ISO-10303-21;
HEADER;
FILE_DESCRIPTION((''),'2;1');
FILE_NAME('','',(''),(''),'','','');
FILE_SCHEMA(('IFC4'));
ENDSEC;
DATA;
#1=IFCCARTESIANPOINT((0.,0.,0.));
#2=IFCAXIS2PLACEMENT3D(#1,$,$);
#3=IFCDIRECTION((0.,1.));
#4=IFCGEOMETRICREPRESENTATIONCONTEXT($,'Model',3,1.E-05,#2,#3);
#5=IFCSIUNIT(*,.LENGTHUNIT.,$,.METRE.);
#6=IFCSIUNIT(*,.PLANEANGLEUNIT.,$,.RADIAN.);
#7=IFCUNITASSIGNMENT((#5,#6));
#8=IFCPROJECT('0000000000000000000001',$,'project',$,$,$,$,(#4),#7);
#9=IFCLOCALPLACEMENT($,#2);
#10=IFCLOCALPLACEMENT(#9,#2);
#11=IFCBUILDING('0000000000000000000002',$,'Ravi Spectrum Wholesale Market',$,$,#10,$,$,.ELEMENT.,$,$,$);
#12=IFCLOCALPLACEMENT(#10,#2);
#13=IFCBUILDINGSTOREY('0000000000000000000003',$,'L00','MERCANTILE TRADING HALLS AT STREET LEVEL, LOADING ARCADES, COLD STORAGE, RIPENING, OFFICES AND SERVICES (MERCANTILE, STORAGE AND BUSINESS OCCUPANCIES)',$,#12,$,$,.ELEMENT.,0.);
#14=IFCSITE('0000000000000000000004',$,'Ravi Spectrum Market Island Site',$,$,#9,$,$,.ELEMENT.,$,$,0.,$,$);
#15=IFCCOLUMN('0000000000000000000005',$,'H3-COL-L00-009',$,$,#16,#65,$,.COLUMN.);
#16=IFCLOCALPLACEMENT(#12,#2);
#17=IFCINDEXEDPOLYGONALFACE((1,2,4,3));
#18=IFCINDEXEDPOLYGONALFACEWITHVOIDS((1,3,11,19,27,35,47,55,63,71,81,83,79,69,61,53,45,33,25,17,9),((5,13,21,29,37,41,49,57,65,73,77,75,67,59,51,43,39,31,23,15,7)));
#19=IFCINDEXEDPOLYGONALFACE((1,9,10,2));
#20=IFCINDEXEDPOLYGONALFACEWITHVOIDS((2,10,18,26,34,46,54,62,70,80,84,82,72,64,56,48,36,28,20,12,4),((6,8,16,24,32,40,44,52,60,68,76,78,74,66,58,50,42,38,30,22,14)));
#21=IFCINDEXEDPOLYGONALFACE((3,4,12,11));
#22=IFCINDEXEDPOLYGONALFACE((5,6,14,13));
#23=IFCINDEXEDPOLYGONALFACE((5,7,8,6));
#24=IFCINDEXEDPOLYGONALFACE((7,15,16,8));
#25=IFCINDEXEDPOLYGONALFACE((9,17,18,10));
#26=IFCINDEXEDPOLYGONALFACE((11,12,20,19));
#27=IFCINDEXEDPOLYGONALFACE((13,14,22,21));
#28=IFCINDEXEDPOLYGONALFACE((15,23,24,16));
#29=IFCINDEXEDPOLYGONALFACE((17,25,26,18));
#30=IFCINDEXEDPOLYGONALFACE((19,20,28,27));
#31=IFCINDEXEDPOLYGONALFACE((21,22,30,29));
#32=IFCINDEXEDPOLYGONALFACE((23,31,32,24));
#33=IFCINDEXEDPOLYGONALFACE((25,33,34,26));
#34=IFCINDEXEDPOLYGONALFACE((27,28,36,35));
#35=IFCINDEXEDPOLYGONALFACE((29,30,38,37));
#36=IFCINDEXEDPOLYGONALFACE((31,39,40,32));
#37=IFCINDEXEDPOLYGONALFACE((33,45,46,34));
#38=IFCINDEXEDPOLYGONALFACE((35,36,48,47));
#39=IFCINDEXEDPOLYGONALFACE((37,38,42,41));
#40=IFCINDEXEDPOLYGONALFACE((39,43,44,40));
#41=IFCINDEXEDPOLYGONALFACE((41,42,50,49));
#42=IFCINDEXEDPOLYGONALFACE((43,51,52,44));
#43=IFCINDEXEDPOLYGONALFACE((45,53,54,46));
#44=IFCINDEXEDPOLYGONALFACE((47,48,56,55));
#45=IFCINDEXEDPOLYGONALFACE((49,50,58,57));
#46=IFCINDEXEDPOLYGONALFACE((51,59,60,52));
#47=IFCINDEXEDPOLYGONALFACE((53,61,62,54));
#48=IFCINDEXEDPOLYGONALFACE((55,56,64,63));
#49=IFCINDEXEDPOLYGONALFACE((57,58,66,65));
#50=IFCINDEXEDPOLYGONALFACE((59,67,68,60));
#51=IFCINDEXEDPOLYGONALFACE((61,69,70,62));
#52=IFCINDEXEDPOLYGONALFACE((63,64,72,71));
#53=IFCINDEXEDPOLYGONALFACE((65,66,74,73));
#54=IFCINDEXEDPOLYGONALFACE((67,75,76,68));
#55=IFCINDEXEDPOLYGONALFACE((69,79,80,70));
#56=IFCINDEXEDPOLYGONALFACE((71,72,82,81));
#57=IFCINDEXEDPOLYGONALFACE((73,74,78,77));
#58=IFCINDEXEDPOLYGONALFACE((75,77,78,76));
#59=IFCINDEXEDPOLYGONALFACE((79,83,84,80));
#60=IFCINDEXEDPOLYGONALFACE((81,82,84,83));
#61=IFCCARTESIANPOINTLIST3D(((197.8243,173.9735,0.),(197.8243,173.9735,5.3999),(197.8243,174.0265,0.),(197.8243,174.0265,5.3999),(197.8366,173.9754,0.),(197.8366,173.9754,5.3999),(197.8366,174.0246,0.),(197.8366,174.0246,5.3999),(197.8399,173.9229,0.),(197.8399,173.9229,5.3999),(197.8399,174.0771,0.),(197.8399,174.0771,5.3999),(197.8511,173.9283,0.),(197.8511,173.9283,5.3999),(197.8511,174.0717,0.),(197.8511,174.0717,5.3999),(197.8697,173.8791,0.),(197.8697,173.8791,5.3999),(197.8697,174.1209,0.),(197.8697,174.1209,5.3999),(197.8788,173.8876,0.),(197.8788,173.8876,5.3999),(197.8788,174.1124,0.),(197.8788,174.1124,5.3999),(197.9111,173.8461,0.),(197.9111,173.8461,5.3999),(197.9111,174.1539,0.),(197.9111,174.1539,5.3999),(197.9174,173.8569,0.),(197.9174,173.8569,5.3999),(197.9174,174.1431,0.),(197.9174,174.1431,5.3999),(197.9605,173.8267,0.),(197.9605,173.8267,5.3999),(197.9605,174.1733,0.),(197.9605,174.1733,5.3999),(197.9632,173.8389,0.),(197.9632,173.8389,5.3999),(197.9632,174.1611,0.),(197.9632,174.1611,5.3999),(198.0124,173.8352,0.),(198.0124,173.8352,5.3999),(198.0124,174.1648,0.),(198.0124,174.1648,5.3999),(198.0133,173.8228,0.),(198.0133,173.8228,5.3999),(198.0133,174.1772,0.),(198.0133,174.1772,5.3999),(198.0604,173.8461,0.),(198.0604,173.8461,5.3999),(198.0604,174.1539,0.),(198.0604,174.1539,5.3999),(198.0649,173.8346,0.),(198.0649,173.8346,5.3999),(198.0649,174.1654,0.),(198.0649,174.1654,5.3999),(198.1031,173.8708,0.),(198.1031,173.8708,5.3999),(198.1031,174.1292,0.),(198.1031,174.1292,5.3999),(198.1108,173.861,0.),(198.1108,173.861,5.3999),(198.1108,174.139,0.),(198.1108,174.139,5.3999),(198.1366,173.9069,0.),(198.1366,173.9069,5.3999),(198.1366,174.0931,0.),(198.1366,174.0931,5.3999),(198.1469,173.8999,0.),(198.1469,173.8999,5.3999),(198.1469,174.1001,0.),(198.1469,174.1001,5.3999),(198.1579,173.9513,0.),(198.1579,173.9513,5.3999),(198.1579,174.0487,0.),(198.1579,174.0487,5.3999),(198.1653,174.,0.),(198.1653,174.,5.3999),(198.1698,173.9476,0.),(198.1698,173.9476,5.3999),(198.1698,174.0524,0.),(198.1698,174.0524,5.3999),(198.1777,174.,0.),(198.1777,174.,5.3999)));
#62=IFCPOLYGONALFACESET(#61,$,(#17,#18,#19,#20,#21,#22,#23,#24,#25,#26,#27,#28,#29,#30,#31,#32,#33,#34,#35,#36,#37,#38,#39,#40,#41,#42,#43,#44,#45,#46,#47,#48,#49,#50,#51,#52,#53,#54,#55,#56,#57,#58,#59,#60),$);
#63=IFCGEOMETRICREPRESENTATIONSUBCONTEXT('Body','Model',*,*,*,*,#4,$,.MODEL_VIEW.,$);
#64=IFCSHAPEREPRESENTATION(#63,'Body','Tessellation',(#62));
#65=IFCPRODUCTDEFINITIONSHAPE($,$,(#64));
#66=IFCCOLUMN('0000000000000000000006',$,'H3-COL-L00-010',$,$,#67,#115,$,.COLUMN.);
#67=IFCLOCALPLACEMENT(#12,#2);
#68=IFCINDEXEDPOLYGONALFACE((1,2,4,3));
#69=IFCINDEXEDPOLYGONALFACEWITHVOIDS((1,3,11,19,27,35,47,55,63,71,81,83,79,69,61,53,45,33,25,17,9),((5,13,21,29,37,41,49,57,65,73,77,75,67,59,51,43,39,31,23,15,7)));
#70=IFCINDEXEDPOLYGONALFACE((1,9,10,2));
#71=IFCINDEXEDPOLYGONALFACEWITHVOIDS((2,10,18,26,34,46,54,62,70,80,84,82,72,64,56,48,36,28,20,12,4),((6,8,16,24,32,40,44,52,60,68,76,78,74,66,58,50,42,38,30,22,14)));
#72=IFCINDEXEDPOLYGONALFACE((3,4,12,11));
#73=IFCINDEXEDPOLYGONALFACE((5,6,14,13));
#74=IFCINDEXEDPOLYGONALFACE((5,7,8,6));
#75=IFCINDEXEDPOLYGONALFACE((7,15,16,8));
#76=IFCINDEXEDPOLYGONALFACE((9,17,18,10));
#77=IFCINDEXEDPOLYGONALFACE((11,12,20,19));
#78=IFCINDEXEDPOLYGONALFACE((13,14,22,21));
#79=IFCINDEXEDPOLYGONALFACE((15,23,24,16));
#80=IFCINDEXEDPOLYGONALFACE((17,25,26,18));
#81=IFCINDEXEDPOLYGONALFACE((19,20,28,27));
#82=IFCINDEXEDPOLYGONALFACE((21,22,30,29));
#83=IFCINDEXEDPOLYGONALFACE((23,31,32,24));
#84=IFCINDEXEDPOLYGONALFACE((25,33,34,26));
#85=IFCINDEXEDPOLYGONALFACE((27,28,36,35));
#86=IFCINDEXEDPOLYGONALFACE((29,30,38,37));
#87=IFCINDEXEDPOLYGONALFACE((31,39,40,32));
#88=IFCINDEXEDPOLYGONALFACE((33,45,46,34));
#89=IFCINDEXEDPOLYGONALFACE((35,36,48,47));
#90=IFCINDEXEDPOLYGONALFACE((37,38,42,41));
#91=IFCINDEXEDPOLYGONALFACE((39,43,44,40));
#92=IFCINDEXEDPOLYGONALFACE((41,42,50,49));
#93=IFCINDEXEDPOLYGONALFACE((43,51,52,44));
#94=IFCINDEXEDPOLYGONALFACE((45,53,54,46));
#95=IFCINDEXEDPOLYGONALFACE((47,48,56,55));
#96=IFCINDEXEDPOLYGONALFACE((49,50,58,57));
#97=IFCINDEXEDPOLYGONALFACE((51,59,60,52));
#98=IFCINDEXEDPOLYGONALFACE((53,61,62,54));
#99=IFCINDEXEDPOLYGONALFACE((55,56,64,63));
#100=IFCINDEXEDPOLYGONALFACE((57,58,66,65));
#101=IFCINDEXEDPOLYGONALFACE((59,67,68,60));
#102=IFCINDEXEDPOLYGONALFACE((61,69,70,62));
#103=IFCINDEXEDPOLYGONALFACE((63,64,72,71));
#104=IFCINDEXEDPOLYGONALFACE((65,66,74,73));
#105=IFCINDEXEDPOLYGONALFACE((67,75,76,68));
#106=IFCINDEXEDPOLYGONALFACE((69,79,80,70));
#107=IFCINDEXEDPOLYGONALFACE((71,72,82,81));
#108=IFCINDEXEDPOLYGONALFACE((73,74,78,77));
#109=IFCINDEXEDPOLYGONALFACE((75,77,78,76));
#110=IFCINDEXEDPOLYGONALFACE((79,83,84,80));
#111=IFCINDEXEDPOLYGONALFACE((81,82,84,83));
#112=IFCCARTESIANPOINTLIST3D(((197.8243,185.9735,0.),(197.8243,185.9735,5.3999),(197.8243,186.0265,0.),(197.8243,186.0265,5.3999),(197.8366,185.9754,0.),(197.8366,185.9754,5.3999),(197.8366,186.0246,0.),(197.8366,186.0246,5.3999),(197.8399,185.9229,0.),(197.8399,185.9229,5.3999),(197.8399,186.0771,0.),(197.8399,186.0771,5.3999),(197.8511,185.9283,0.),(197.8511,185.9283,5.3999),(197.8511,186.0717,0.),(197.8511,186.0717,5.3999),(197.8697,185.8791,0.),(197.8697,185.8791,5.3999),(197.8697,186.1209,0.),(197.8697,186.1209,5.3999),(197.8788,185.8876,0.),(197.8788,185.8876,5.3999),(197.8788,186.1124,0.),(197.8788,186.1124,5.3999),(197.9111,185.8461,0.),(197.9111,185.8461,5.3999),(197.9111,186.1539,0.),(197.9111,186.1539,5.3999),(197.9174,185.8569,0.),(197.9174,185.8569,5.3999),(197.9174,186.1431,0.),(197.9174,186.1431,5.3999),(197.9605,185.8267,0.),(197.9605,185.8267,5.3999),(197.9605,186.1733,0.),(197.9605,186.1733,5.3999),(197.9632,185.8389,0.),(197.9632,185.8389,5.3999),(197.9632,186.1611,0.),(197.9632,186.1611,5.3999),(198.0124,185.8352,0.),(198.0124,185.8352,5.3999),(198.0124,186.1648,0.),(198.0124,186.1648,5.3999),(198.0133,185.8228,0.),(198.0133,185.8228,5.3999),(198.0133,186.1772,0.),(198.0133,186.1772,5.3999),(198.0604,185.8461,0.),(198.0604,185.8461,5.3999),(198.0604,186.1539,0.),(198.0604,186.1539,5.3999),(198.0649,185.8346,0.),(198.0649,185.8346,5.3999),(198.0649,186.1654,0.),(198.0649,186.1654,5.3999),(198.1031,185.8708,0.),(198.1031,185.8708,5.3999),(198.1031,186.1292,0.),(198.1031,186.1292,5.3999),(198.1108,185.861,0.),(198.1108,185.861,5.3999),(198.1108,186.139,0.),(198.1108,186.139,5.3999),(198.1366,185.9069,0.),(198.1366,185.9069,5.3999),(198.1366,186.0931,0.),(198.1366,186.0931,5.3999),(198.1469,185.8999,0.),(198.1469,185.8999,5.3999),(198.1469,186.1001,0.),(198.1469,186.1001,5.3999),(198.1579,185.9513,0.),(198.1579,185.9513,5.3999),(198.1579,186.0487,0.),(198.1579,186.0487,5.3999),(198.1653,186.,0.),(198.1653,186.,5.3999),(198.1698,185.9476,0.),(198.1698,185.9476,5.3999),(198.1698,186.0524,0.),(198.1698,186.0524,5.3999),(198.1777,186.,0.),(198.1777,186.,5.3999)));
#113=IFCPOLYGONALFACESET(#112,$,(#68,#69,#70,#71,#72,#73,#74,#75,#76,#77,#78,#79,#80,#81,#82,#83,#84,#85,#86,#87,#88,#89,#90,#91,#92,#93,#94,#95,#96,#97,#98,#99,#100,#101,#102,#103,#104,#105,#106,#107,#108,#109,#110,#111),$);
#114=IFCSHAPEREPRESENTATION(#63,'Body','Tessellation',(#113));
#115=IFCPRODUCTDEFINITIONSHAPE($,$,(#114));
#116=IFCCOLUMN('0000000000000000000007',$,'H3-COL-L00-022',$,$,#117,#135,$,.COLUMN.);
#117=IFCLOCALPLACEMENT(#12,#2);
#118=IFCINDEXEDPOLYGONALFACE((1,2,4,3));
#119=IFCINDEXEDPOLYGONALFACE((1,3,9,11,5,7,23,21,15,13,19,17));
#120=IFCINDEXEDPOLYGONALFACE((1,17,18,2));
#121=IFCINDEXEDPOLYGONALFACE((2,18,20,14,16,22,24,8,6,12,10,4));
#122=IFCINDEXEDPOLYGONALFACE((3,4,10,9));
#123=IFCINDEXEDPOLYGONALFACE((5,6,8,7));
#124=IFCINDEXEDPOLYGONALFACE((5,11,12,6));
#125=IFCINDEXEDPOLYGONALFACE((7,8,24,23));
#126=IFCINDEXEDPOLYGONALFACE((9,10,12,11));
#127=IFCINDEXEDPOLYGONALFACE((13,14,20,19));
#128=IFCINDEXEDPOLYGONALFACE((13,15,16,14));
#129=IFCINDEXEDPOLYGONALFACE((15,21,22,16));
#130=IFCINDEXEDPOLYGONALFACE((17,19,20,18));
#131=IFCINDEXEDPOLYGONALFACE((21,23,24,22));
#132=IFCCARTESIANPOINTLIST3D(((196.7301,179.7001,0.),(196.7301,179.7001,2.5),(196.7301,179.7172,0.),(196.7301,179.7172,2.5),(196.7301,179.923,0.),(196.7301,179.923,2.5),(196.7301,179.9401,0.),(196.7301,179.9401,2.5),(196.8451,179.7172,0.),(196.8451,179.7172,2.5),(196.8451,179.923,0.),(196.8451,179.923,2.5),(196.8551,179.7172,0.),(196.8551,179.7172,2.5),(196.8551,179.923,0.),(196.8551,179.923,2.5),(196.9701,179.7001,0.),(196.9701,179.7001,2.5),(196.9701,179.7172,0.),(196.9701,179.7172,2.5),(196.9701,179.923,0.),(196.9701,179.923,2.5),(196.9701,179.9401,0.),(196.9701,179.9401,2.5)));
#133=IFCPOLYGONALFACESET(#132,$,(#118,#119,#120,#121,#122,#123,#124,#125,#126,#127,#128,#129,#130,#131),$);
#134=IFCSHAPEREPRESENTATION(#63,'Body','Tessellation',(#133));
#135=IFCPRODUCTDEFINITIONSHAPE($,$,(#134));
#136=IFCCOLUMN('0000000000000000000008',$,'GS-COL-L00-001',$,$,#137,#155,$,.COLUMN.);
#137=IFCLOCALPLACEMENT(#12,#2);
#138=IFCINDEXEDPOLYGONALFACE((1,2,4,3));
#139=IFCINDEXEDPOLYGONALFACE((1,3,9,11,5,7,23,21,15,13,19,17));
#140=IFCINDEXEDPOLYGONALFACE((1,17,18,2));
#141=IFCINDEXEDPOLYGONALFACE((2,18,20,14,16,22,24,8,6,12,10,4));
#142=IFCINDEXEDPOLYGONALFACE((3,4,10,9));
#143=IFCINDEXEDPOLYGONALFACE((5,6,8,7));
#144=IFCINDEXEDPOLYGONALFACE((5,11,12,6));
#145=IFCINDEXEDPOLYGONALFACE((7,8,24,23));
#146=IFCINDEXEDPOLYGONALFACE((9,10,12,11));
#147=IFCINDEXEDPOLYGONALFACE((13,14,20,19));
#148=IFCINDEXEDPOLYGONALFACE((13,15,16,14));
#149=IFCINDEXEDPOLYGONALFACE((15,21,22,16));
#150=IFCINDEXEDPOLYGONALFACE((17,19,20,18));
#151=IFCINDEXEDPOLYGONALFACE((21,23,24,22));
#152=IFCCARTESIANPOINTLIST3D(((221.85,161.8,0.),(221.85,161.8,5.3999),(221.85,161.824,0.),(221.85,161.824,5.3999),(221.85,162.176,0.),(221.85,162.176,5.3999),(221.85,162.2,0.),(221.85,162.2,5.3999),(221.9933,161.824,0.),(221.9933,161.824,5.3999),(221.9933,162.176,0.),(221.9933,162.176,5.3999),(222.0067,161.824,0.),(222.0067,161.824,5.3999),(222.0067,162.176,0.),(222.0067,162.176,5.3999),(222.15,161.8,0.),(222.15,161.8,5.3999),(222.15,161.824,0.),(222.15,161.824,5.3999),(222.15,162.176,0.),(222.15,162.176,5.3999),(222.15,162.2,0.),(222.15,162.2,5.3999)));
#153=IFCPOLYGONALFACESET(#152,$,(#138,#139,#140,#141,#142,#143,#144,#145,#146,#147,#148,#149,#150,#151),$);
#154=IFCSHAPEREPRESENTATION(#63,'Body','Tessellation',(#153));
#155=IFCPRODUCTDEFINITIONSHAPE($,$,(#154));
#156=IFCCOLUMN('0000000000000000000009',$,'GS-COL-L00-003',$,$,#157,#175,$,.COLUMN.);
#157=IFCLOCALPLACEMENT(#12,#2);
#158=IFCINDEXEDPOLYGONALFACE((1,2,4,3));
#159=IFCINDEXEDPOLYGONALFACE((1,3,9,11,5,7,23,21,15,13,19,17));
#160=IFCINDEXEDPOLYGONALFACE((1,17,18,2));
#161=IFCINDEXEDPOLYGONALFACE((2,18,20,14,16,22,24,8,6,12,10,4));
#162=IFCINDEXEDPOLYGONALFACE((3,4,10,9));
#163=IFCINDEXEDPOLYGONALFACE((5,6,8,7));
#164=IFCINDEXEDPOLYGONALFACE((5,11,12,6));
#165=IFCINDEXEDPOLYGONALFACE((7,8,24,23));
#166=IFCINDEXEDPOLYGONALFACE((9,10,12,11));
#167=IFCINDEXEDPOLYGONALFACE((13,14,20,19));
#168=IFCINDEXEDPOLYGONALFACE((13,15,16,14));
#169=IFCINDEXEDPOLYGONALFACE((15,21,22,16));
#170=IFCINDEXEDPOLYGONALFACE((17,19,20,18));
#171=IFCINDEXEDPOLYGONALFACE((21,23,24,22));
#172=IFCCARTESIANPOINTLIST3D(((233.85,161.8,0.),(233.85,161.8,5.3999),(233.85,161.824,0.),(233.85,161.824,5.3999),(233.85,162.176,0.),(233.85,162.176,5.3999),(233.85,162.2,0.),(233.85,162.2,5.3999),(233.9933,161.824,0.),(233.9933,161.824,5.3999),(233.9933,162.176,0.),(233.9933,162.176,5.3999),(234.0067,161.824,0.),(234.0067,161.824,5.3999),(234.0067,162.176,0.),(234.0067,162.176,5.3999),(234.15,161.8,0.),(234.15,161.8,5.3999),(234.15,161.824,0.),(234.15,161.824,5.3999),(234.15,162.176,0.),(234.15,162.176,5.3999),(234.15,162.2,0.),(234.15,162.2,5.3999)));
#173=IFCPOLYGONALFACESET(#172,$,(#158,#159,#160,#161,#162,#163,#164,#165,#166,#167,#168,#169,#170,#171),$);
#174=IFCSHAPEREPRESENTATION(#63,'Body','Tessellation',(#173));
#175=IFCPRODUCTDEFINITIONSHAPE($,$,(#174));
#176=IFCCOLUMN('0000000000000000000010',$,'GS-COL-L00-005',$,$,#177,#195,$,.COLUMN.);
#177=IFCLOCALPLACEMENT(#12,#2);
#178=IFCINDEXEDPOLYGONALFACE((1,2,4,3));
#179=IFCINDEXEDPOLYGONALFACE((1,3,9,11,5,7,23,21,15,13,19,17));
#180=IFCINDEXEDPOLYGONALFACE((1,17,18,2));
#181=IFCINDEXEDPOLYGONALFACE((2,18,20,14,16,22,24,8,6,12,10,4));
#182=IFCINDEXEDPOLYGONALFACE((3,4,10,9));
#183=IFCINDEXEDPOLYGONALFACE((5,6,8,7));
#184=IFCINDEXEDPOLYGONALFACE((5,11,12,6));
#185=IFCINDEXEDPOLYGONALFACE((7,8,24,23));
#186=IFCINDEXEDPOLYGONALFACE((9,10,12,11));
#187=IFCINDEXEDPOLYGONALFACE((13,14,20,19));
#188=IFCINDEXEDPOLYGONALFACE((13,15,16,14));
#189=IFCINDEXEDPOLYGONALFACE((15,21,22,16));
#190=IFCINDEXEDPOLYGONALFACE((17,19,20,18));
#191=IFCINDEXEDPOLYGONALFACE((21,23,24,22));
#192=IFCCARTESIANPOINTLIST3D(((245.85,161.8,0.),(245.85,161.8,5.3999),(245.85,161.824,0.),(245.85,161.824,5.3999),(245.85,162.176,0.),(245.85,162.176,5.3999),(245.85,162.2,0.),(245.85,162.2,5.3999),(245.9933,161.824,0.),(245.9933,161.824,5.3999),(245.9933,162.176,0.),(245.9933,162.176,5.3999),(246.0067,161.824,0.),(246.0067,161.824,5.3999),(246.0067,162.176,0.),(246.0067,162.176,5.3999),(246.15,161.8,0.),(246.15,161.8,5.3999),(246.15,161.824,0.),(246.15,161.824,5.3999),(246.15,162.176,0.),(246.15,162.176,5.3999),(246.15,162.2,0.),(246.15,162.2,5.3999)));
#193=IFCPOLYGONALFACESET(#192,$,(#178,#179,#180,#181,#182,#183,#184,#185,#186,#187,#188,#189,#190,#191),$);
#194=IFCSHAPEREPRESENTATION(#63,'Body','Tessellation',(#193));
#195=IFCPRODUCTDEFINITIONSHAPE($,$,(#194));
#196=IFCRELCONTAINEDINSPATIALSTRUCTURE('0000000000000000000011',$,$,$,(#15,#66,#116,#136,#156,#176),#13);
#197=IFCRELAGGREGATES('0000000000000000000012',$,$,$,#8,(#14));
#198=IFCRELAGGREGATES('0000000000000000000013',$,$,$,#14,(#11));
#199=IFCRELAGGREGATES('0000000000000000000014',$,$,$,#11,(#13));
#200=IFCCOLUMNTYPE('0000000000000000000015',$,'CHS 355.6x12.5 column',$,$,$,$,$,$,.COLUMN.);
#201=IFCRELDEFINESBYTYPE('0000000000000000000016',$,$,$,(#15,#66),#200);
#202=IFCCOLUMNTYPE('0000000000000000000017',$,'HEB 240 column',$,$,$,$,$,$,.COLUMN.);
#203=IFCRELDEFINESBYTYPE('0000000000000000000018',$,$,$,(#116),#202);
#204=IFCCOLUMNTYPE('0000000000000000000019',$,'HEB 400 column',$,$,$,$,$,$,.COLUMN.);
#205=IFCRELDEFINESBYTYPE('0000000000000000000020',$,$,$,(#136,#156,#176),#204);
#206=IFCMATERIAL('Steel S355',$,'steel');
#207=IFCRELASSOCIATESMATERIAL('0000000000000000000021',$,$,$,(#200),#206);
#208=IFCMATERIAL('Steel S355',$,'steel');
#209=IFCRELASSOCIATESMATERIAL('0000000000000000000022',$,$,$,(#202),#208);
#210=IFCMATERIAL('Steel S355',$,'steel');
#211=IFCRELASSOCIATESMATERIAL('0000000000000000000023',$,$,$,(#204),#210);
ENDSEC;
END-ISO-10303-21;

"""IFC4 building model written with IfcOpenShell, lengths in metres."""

from ifc_helpers import new_model, si_unit, direction, frame, origin, origin_2d, place, context, subcontext, project, spatial, hollow_circle, i_section, extrude, material, material_profile, profile_set, type_object, element, save


model = new_model("IFC4")

# Units and contexts
model_context = context("Model", 3, precision=1e-05, world=origin(), true_north=direction((0.0, 1.0)))
body_context = subcontext(model_context, "Body", "Model", "MODEL_VIEW")
ifc_project = project(units=[si_unit("LENGTHUNIT", "METRE"), si_unit("PLANEANGLEUNIT", "RADIAN")], contexts=[model_context])

# Site, building, storey
site_placement = place(None, origin())
site = spatial("IfcSite", under=ifc_project, at=site_placement, Name="Ravi Spectrum Market Island Site", CompositionType="ELEMENT", RefElevation=0.0)
building_placement = place(site_placement, origin())
building = spatial("IfcBuilding", under=site, at=building_placement, Name="Ravi Spectrum Wholesale Market", CompositionType="ELEMENT")
storey_placement = place(building_placement, origin())
storey = spatial("IfcBuildingStorey", under=building, at=storey_placement, Name="L00", Description="MERCANTILE TRADING HALLS AT STREET LEVEL, LOADING ARCADES, COLD STORAGE, RIPENING, OFFICES AND SERVICES (MERCANTILE, STORAGE AND BUSINESS OCCUPANCIES)", CompositionType="ELEMENT", Elevation=0.0)

# Columns
ifc_material_1 = material(Name="Steel S355", Category="steel")
ifc_material_profile_1 = material_profile(ifc_material_1, hollow_circle(Radius=0.1777, WallThickness=0.0125, at=origin_2d()))
ifc_profile_set_1 = profile_set([ifc_material_profile_1], Name="Steel S355")
column_type_1 = type_object("IfcColumnType", Name="CHS 355.6x12.5 column", PredefinedType="COLUMN", material=ifc_profile_set_1)
for number, where, z_axis, x_axis, name in (
    (1, (198.0, 174.0, 0.0), (0.0, 0.0, 1.0), (1.0, 0.0, 0.0), "H3-COL-L00-009"),
    (2, (198.0, 186.0, 0.0), (0.0, 0.0, 1.0), (1.0, 0.0, 0.0), "H3-COL-L00-010"),
):
    element("IfcColumn", number, at=place(storey_placement, frame(where, z_axis=z_axis, x_axis=x_axis)), inside=storey, type_object=column_type_1, Name=name, PredefinedType="COLUMN", context=body_context, shape_type="SweptSolid", body=[
        extrude(hollow_circle(Radius=0.1777, WallThickness=0.0125, at=origin_2d()), origin(), (0.0, 0.0, 1.0), 5.3999),
    ])
ifc_material_2 = material(Name="Steel S355", Category="steel")
ifc_material_profile_2 = material_profile(ifc_material_2, i_section(OverallWidth=0.24, OverallDepth=0.24, WebThickness=0.01, FlangeThickness=0.0171, at=origin_2d()))
ifc_profile_set_2 = profile_set([ifc_material_profile_2], Name="Steel S355")
column_type_2 = type_object("IfcColumnType", Name="HEB 240 column", PredefinedType="COLUMN", material=ifc_profile_set_2)
column_placement = place(storey_placement, frame((196.8501, 179.8201, 0.0), z_axis=(0.0, 0.0, 1.0), x_axis=(1.0, 0.0, 0.0)))
element("IfcColumn", 3, at=column_placement, inside=storey, type_object=column_type_2, Name="H3-COL-L00-022", PredefinedType="COLUMN", context=body_context, shape_type="SweptSolid", body=[
    extrude(i_section(OverallWidth=0.24, OverallDepth=0.24, WebThickness=0.01, FlangeThickness=0.0171, at=origin_2d()), origin(), (0.0, 0.0, 1.0), 2.5),
])
ifc_material_3 = material(Name="Steel S355", Category="steel")
ifc_material_profile_3 = material_profile(ifc_material_3, i_section(OverallWidth=0.3, OverallDepth=0.3999, WebThickness=0.0134, FlangeThickness=0.0239, at=origin_2d()))
ifc_profile_set_3 = profile_set([ifc_material_profile_3], Name="Steel S355")
column_type_3 = type_object("IfcColumnType", Name="HEB 400 column", PredefinedType="COLUMN", material=ifc_profile_set_3)
for number, where, z_axis, x_axis, name in (
    (4, (222.0, 162.0, 0.0), (0.0, 0.0, 1.0), (1.0, 0.0, 0.0), "GS-COL-L00-001"),
    (5, (234.0, 162.0, 0.0), (0.0, 0.0, 1.0), (1.0, 0.0, 0.0), "GS-COL-L00-003"),
    (6, (246.0, 162.0, 0.0), (0.0, 0.0, 1.0), (1.0, 0.0, 0.0), "GS-COL-L00-005"),
):
    element("IfcColumn", number, at=place(storey_placement, frame(where, z_axis=z_axis, x_axis=x_axis)), inside=storey, type_object=column_type_3, Name=name, PredefinedType="COLUMN", context=body_context, shape_type="SweptSolid", body=[
        extrude(i_section(OverallWidth=0.3, OverallDepth=0.3999, WebThickness=0.0134, FlangeThickness=0.0239, at=origin_2d()), origin(), (0.0, 0.0, 1.0), 5.3999),
    ])

save(model, "model.ifc")
